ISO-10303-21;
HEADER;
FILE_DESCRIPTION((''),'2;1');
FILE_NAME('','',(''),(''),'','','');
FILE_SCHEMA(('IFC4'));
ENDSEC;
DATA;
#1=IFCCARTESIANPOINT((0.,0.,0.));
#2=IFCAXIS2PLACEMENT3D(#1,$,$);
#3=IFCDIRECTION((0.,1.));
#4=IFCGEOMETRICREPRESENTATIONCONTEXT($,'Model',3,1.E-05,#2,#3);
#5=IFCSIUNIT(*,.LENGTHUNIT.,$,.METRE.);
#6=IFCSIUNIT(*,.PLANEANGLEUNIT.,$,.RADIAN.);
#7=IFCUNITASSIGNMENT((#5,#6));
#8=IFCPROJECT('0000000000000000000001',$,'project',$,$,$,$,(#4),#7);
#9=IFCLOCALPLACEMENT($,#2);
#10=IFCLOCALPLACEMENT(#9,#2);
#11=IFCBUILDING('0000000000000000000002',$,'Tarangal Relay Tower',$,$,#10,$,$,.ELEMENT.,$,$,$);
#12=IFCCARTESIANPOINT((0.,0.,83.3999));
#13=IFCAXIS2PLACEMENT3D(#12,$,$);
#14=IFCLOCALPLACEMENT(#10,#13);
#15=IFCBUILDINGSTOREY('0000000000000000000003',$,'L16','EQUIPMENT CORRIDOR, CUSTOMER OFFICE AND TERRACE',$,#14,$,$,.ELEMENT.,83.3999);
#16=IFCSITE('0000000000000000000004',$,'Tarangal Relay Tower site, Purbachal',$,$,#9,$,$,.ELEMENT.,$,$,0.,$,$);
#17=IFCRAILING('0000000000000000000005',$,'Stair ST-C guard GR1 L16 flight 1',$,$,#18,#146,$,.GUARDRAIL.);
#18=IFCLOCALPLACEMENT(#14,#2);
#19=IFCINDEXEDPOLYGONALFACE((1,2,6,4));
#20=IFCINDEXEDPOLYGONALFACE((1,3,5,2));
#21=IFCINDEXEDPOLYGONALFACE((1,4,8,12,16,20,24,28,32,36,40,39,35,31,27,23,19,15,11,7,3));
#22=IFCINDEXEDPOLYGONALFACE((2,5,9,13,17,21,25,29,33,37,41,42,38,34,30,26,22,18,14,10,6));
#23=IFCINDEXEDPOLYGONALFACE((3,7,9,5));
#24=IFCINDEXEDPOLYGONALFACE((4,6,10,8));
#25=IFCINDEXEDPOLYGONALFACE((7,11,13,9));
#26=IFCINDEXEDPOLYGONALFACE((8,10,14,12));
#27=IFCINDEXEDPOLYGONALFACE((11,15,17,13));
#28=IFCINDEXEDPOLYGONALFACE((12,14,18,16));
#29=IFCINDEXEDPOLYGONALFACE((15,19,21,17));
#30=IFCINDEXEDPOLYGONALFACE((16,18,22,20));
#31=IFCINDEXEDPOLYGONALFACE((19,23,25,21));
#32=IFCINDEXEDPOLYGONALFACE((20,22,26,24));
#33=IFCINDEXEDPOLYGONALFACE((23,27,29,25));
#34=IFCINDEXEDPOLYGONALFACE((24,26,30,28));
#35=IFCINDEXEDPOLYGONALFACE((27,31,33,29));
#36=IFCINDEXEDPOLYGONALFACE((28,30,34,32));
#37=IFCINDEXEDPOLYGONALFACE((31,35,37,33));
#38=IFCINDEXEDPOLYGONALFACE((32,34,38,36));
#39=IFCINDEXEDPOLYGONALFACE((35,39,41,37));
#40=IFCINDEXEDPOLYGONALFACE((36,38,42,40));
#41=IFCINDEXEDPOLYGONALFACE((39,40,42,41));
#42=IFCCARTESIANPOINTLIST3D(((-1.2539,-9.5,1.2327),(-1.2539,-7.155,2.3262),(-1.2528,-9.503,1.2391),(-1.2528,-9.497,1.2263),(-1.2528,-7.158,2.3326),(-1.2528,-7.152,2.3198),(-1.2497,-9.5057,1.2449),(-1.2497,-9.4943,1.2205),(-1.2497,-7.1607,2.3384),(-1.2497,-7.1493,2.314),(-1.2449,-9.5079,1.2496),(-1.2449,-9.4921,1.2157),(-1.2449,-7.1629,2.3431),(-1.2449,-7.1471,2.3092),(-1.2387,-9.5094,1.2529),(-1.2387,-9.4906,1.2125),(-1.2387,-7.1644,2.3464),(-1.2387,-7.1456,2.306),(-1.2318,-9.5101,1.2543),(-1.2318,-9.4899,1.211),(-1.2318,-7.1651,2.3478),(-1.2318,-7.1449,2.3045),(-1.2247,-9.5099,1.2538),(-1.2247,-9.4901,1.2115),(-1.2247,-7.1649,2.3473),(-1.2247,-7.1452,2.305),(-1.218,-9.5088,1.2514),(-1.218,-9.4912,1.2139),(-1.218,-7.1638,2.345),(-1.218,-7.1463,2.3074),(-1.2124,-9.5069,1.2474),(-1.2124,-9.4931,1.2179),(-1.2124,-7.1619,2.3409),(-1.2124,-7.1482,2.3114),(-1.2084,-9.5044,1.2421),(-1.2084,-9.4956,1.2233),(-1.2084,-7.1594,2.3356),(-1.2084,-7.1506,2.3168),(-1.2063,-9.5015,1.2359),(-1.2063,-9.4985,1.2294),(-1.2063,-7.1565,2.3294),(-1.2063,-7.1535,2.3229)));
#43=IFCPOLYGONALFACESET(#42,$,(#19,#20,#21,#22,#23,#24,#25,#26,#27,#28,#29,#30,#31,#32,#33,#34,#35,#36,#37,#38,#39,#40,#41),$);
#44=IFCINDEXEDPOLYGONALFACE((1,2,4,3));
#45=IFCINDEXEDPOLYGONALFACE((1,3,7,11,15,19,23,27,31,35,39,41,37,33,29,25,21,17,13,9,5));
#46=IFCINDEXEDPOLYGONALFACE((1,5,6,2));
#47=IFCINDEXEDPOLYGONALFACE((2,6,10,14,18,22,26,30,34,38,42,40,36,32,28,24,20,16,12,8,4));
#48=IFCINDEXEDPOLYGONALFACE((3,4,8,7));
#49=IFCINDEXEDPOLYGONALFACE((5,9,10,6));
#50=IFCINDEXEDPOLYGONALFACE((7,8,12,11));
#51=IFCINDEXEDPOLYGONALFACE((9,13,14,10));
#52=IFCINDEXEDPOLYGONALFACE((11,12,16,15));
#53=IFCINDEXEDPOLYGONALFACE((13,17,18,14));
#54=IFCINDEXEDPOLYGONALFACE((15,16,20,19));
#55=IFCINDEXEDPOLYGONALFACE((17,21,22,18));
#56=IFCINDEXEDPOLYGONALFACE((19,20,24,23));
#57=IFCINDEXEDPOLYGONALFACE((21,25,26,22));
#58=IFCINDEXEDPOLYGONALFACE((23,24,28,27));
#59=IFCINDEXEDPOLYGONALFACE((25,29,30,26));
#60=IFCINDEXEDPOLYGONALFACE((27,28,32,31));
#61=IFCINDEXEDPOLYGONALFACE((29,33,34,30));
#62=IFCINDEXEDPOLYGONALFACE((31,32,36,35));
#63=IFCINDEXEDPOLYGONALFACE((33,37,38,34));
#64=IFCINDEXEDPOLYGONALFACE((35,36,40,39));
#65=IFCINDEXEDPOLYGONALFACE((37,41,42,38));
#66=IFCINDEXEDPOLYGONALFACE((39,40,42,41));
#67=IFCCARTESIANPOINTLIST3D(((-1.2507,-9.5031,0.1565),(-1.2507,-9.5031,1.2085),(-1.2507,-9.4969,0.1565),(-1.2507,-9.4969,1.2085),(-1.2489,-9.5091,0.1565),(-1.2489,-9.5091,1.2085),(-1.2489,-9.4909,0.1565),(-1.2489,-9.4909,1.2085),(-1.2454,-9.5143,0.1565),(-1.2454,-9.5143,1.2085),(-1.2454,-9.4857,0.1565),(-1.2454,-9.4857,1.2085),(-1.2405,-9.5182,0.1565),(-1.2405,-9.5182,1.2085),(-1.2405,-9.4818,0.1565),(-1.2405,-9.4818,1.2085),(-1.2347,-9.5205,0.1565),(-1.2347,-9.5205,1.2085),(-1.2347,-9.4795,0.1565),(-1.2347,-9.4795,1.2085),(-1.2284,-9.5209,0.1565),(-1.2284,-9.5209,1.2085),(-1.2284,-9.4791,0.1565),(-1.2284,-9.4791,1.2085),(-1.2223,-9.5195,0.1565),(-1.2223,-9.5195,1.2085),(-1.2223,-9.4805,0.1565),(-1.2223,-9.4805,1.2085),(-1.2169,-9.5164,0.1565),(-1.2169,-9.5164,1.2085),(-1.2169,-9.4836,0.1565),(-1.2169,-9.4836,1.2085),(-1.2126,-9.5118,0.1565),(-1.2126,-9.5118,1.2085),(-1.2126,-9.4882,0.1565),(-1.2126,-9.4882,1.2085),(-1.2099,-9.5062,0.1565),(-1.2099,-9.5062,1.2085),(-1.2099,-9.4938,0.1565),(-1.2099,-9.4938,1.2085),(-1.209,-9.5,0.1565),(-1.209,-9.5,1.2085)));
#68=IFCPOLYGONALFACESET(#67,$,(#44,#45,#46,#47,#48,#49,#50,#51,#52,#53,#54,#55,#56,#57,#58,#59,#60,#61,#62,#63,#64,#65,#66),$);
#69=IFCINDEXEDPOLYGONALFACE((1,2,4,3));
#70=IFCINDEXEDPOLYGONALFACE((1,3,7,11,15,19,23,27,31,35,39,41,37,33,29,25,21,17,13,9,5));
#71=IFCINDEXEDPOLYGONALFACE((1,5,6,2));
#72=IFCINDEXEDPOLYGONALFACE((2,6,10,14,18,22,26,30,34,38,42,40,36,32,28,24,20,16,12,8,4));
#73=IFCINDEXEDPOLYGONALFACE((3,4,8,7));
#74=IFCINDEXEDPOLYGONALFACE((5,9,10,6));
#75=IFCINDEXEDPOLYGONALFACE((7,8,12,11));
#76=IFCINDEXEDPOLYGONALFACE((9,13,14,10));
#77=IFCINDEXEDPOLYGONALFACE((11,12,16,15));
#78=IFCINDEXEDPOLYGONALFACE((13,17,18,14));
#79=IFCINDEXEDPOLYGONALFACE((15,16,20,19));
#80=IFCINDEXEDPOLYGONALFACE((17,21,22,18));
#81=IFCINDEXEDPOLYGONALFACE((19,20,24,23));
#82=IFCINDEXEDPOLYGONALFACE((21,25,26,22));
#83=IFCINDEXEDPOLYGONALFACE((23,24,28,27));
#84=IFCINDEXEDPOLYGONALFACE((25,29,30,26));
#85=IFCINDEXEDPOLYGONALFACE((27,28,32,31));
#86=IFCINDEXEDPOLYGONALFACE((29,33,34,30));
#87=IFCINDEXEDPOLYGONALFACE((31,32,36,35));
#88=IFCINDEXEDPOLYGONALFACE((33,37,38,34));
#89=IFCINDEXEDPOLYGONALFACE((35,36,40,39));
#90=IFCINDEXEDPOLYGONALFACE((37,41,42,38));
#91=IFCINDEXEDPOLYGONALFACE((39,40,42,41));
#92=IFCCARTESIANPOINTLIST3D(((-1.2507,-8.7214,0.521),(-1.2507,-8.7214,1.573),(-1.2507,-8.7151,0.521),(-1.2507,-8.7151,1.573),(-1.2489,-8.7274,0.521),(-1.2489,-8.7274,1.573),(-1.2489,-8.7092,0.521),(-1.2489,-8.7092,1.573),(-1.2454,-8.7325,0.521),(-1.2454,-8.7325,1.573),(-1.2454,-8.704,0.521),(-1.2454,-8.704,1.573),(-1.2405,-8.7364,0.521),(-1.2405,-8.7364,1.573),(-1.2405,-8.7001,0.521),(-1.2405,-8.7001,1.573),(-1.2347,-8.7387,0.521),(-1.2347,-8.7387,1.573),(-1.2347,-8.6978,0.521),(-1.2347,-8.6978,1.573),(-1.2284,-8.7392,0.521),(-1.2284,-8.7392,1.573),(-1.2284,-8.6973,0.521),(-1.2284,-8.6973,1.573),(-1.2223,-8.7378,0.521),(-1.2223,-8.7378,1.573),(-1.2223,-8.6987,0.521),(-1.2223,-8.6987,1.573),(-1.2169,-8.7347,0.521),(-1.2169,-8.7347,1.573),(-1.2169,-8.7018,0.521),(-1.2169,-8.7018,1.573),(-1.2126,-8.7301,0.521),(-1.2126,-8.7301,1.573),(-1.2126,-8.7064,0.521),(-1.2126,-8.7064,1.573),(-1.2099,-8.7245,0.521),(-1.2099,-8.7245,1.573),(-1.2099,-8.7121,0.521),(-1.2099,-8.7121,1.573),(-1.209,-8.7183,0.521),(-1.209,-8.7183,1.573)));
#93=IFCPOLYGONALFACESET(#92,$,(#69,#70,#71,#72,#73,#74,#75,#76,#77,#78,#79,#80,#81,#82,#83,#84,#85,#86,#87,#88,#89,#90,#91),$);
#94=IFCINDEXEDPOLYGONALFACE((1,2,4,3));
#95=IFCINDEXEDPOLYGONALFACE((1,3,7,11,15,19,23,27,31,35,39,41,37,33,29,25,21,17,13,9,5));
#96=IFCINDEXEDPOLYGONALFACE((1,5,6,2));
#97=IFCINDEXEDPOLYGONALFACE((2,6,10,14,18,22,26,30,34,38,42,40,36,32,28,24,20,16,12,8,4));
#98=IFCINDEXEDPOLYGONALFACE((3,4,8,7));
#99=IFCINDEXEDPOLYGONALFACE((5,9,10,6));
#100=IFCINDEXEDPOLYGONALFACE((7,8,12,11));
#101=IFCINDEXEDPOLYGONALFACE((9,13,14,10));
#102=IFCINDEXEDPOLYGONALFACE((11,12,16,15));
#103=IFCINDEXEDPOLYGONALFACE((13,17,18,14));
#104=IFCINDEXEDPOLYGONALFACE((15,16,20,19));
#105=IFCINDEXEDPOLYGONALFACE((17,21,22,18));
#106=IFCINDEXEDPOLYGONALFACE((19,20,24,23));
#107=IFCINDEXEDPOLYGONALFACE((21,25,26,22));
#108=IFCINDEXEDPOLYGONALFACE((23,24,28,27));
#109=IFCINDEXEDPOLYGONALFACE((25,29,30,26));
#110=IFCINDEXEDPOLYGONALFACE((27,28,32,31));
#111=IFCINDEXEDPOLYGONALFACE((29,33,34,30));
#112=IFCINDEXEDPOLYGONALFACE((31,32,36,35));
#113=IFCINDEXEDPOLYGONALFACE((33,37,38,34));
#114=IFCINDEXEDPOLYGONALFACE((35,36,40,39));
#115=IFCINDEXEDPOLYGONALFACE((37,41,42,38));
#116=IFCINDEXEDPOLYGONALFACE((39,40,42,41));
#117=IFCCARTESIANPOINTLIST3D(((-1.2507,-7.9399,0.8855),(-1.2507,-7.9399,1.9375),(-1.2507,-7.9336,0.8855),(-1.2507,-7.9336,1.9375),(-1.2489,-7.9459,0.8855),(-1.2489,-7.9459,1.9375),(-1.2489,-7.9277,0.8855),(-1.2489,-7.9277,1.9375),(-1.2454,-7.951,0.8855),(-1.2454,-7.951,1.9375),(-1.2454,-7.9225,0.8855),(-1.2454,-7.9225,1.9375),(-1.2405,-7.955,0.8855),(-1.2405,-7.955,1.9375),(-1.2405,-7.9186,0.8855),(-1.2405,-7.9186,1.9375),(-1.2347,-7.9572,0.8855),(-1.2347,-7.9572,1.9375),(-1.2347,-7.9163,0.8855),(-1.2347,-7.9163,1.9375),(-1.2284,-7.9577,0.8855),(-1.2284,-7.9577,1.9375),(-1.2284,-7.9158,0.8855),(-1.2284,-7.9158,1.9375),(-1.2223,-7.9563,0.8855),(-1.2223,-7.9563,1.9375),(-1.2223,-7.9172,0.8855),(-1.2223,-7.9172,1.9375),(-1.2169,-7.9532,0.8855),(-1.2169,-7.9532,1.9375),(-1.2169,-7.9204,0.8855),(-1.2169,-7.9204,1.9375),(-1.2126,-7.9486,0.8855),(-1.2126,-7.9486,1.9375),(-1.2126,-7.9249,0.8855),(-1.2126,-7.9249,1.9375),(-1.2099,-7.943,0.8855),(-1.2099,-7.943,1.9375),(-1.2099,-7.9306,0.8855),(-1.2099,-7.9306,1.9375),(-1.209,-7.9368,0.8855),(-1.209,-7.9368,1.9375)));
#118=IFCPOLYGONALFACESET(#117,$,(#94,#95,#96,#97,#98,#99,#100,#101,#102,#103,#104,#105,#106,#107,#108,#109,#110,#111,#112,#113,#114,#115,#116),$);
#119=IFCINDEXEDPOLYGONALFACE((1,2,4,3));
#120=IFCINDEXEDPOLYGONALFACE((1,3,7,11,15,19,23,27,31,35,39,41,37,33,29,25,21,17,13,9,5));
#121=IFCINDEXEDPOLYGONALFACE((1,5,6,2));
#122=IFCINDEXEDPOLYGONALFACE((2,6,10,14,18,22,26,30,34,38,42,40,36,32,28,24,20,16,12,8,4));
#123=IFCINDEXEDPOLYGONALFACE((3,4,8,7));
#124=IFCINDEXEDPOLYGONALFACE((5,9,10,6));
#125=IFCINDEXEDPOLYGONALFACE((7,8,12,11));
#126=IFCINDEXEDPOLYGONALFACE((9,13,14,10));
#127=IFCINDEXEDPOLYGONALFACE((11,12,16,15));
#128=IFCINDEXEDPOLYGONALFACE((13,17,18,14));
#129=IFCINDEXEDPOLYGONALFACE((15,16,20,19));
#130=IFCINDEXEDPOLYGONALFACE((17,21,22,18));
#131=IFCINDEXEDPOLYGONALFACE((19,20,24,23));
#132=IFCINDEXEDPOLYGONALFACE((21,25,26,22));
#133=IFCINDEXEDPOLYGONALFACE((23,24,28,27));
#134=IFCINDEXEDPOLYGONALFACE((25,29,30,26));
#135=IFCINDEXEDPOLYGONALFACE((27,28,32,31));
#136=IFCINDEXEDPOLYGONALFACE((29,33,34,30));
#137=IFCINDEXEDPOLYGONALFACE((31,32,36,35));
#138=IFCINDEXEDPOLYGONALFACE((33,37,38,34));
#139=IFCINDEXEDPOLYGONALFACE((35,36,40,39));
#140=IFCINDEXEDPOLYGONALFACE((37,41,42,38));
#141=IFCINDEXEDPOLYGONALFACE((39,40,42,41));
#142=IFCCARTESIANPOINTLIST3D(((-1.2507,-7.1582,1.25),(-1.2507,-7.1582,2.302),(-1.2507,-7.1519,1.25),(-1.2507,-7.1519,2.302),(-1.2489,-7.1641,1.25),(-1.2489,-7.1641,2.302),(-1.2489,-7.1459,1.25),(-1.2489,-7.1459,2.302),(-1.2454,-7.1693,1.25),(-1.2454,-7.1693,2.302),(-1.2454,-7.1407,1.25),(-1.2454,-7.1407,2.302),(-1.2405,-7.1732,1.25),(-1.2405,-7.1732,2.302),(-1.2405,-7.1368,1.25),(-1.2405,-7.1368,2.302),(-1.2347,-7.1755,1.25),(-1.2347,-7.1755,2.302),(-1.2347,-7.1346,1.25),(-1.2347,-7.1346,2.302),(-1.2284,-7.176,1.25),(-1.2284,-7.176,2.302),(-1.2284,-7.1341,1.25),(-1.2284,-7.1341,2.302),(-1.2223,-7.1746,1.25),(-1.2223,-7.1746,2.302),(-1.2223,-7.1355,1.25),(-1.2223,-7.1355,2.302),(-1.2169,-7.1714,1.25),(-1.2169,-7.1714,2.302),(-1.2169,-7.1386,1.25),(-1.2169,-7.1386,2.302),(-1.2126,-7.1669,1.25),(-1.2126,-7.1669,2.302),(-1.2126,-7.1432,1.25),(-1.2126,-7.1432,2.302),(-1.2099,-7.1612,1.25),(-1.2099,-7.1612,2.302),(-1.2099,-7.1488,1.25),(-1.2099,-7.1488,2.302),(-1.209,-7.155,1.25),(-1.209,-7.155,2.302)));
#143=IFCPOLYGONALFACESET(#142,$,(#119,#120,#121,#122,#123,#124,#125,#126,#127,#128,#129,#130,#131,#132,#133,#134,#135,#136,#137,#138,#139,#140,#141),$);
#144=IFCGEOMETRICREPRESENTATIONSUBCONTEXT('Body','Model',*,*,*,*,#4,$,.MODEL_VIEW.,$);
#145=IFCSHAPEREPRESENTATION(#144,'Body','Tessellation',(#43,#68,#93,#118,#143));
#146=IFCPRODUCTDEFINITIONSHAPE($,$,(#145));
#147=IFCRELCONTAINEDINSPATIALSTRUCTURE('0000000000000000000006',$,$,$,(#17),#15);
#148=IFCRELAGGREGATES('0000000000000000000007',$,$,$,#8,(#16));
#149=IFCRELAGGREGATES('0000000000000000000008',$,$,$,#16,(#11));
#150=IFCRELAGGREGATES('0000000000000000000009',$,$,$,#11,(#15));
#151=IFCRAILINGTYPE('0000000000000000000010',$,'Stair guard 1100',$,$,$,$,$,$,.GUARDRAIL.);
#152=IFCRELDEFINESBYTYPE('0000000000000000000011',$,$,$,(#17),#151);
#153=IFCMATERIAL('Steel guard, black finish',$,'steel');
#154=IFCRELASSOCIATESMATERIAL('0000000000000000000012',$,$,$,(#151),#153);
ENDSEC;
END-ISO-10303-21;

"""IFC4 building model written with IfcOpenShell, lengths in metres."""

from ifc_helpers import new_model, si_unit, direction, frame, origin, origin_2d, place, context, subcontext, project, spatial, circle, extrude, material, type_object, element, save


model = new_model("IFC4")

# Units and contexts
model_context = context("Model", 3, precision=1e-05, world=origin(), true_north=direction((0.0, 1.0)))
body_context = subcontext(model_context, "Body", "Model", "MODEL_VIEW")
ifc_project = project(units=[si_unit("LENGTHUNIT", "METRE"), si_unit("PLANEANGLEUNIT", "RADIAN")], contexts=[model_context])

# Site, building, storey
site_placement = place(None, origin())
site = spatial("IfcSite", under=ifc_project, at=site_placement, Name="Tarangal Relay Tower site, Purbachal", CompositionType="ELEMENT", RefElevation=0.0)
building_placement = place(site_placement, origin())
building = spatial("IfcBuilding", under=site, at=building_placement, Name="Tarangal Relay Tower", CompositionType="ELEMENT")
storey_placement = place(building_placement, frame((0.0, 0.0, 83.3999)))
storey = spatial("IfcBuildingStorey", under=building, at=storey_placement, Name="L16", Description="EQUIPMENT CORRIDOR, CUSTOMER OFFICE AND TERRACE", CompositionType="ELEMENT", Elevation=83.3999)

# Railing
ifc_material_1 = material(Name="Steel guard, black finish", Category="steel")
railing_type_1 = type_object("IfcRailingType", Name="Stair guard 1100", PredefinedType="GUARDRAIL", material=ifc_material_1)
for number, where, name in (
    (1, (-1.23, -9.5, 0.1565), "Stair ST-C guard GR1 L16 flight 1"),
):
    element("IfcRailing", number, at=place(storey_placement, frame(where)), inside=storey, type_object=railing_type_1, Name=name, PredefinedType="GUARDRAIL", context=body_context, shape_type="SweptSolid", body=[
        extrude(circle(Radius=0.0239, at=origin_2d()), frame((0.0, 0.0, 1.0762), z_axis=(0.0, 0.906304, 0.422627), x_axis=(-1.0, 0.0, 0.0)), (0.0, 0.0, 1.0), 2.5874),
        extrude(circle(Radius=0.021, at=origin_2d()), origin(), (0.0, 0.0, 1.0), 1.052),
        extrude(circle(Radius=0.021, at=origin_2d()), frame((0.0, 0.7817, 0.3645)), (0.0, 0.0, 1.0), 1.052),
        extrude(circle(Radius=0.021, at=origin_2d()), frame((0.0, 1.5632, 0.729)), (0.0, 0.0, 1.0), 1.052),
        extrude(circle(Radius=0.021, at=origin_2d()), frame((0.0, 2.345, 1.0935)), (0.0, 0.0, 1.0), 1.052),
    ])

save(model, "model.ifc")
